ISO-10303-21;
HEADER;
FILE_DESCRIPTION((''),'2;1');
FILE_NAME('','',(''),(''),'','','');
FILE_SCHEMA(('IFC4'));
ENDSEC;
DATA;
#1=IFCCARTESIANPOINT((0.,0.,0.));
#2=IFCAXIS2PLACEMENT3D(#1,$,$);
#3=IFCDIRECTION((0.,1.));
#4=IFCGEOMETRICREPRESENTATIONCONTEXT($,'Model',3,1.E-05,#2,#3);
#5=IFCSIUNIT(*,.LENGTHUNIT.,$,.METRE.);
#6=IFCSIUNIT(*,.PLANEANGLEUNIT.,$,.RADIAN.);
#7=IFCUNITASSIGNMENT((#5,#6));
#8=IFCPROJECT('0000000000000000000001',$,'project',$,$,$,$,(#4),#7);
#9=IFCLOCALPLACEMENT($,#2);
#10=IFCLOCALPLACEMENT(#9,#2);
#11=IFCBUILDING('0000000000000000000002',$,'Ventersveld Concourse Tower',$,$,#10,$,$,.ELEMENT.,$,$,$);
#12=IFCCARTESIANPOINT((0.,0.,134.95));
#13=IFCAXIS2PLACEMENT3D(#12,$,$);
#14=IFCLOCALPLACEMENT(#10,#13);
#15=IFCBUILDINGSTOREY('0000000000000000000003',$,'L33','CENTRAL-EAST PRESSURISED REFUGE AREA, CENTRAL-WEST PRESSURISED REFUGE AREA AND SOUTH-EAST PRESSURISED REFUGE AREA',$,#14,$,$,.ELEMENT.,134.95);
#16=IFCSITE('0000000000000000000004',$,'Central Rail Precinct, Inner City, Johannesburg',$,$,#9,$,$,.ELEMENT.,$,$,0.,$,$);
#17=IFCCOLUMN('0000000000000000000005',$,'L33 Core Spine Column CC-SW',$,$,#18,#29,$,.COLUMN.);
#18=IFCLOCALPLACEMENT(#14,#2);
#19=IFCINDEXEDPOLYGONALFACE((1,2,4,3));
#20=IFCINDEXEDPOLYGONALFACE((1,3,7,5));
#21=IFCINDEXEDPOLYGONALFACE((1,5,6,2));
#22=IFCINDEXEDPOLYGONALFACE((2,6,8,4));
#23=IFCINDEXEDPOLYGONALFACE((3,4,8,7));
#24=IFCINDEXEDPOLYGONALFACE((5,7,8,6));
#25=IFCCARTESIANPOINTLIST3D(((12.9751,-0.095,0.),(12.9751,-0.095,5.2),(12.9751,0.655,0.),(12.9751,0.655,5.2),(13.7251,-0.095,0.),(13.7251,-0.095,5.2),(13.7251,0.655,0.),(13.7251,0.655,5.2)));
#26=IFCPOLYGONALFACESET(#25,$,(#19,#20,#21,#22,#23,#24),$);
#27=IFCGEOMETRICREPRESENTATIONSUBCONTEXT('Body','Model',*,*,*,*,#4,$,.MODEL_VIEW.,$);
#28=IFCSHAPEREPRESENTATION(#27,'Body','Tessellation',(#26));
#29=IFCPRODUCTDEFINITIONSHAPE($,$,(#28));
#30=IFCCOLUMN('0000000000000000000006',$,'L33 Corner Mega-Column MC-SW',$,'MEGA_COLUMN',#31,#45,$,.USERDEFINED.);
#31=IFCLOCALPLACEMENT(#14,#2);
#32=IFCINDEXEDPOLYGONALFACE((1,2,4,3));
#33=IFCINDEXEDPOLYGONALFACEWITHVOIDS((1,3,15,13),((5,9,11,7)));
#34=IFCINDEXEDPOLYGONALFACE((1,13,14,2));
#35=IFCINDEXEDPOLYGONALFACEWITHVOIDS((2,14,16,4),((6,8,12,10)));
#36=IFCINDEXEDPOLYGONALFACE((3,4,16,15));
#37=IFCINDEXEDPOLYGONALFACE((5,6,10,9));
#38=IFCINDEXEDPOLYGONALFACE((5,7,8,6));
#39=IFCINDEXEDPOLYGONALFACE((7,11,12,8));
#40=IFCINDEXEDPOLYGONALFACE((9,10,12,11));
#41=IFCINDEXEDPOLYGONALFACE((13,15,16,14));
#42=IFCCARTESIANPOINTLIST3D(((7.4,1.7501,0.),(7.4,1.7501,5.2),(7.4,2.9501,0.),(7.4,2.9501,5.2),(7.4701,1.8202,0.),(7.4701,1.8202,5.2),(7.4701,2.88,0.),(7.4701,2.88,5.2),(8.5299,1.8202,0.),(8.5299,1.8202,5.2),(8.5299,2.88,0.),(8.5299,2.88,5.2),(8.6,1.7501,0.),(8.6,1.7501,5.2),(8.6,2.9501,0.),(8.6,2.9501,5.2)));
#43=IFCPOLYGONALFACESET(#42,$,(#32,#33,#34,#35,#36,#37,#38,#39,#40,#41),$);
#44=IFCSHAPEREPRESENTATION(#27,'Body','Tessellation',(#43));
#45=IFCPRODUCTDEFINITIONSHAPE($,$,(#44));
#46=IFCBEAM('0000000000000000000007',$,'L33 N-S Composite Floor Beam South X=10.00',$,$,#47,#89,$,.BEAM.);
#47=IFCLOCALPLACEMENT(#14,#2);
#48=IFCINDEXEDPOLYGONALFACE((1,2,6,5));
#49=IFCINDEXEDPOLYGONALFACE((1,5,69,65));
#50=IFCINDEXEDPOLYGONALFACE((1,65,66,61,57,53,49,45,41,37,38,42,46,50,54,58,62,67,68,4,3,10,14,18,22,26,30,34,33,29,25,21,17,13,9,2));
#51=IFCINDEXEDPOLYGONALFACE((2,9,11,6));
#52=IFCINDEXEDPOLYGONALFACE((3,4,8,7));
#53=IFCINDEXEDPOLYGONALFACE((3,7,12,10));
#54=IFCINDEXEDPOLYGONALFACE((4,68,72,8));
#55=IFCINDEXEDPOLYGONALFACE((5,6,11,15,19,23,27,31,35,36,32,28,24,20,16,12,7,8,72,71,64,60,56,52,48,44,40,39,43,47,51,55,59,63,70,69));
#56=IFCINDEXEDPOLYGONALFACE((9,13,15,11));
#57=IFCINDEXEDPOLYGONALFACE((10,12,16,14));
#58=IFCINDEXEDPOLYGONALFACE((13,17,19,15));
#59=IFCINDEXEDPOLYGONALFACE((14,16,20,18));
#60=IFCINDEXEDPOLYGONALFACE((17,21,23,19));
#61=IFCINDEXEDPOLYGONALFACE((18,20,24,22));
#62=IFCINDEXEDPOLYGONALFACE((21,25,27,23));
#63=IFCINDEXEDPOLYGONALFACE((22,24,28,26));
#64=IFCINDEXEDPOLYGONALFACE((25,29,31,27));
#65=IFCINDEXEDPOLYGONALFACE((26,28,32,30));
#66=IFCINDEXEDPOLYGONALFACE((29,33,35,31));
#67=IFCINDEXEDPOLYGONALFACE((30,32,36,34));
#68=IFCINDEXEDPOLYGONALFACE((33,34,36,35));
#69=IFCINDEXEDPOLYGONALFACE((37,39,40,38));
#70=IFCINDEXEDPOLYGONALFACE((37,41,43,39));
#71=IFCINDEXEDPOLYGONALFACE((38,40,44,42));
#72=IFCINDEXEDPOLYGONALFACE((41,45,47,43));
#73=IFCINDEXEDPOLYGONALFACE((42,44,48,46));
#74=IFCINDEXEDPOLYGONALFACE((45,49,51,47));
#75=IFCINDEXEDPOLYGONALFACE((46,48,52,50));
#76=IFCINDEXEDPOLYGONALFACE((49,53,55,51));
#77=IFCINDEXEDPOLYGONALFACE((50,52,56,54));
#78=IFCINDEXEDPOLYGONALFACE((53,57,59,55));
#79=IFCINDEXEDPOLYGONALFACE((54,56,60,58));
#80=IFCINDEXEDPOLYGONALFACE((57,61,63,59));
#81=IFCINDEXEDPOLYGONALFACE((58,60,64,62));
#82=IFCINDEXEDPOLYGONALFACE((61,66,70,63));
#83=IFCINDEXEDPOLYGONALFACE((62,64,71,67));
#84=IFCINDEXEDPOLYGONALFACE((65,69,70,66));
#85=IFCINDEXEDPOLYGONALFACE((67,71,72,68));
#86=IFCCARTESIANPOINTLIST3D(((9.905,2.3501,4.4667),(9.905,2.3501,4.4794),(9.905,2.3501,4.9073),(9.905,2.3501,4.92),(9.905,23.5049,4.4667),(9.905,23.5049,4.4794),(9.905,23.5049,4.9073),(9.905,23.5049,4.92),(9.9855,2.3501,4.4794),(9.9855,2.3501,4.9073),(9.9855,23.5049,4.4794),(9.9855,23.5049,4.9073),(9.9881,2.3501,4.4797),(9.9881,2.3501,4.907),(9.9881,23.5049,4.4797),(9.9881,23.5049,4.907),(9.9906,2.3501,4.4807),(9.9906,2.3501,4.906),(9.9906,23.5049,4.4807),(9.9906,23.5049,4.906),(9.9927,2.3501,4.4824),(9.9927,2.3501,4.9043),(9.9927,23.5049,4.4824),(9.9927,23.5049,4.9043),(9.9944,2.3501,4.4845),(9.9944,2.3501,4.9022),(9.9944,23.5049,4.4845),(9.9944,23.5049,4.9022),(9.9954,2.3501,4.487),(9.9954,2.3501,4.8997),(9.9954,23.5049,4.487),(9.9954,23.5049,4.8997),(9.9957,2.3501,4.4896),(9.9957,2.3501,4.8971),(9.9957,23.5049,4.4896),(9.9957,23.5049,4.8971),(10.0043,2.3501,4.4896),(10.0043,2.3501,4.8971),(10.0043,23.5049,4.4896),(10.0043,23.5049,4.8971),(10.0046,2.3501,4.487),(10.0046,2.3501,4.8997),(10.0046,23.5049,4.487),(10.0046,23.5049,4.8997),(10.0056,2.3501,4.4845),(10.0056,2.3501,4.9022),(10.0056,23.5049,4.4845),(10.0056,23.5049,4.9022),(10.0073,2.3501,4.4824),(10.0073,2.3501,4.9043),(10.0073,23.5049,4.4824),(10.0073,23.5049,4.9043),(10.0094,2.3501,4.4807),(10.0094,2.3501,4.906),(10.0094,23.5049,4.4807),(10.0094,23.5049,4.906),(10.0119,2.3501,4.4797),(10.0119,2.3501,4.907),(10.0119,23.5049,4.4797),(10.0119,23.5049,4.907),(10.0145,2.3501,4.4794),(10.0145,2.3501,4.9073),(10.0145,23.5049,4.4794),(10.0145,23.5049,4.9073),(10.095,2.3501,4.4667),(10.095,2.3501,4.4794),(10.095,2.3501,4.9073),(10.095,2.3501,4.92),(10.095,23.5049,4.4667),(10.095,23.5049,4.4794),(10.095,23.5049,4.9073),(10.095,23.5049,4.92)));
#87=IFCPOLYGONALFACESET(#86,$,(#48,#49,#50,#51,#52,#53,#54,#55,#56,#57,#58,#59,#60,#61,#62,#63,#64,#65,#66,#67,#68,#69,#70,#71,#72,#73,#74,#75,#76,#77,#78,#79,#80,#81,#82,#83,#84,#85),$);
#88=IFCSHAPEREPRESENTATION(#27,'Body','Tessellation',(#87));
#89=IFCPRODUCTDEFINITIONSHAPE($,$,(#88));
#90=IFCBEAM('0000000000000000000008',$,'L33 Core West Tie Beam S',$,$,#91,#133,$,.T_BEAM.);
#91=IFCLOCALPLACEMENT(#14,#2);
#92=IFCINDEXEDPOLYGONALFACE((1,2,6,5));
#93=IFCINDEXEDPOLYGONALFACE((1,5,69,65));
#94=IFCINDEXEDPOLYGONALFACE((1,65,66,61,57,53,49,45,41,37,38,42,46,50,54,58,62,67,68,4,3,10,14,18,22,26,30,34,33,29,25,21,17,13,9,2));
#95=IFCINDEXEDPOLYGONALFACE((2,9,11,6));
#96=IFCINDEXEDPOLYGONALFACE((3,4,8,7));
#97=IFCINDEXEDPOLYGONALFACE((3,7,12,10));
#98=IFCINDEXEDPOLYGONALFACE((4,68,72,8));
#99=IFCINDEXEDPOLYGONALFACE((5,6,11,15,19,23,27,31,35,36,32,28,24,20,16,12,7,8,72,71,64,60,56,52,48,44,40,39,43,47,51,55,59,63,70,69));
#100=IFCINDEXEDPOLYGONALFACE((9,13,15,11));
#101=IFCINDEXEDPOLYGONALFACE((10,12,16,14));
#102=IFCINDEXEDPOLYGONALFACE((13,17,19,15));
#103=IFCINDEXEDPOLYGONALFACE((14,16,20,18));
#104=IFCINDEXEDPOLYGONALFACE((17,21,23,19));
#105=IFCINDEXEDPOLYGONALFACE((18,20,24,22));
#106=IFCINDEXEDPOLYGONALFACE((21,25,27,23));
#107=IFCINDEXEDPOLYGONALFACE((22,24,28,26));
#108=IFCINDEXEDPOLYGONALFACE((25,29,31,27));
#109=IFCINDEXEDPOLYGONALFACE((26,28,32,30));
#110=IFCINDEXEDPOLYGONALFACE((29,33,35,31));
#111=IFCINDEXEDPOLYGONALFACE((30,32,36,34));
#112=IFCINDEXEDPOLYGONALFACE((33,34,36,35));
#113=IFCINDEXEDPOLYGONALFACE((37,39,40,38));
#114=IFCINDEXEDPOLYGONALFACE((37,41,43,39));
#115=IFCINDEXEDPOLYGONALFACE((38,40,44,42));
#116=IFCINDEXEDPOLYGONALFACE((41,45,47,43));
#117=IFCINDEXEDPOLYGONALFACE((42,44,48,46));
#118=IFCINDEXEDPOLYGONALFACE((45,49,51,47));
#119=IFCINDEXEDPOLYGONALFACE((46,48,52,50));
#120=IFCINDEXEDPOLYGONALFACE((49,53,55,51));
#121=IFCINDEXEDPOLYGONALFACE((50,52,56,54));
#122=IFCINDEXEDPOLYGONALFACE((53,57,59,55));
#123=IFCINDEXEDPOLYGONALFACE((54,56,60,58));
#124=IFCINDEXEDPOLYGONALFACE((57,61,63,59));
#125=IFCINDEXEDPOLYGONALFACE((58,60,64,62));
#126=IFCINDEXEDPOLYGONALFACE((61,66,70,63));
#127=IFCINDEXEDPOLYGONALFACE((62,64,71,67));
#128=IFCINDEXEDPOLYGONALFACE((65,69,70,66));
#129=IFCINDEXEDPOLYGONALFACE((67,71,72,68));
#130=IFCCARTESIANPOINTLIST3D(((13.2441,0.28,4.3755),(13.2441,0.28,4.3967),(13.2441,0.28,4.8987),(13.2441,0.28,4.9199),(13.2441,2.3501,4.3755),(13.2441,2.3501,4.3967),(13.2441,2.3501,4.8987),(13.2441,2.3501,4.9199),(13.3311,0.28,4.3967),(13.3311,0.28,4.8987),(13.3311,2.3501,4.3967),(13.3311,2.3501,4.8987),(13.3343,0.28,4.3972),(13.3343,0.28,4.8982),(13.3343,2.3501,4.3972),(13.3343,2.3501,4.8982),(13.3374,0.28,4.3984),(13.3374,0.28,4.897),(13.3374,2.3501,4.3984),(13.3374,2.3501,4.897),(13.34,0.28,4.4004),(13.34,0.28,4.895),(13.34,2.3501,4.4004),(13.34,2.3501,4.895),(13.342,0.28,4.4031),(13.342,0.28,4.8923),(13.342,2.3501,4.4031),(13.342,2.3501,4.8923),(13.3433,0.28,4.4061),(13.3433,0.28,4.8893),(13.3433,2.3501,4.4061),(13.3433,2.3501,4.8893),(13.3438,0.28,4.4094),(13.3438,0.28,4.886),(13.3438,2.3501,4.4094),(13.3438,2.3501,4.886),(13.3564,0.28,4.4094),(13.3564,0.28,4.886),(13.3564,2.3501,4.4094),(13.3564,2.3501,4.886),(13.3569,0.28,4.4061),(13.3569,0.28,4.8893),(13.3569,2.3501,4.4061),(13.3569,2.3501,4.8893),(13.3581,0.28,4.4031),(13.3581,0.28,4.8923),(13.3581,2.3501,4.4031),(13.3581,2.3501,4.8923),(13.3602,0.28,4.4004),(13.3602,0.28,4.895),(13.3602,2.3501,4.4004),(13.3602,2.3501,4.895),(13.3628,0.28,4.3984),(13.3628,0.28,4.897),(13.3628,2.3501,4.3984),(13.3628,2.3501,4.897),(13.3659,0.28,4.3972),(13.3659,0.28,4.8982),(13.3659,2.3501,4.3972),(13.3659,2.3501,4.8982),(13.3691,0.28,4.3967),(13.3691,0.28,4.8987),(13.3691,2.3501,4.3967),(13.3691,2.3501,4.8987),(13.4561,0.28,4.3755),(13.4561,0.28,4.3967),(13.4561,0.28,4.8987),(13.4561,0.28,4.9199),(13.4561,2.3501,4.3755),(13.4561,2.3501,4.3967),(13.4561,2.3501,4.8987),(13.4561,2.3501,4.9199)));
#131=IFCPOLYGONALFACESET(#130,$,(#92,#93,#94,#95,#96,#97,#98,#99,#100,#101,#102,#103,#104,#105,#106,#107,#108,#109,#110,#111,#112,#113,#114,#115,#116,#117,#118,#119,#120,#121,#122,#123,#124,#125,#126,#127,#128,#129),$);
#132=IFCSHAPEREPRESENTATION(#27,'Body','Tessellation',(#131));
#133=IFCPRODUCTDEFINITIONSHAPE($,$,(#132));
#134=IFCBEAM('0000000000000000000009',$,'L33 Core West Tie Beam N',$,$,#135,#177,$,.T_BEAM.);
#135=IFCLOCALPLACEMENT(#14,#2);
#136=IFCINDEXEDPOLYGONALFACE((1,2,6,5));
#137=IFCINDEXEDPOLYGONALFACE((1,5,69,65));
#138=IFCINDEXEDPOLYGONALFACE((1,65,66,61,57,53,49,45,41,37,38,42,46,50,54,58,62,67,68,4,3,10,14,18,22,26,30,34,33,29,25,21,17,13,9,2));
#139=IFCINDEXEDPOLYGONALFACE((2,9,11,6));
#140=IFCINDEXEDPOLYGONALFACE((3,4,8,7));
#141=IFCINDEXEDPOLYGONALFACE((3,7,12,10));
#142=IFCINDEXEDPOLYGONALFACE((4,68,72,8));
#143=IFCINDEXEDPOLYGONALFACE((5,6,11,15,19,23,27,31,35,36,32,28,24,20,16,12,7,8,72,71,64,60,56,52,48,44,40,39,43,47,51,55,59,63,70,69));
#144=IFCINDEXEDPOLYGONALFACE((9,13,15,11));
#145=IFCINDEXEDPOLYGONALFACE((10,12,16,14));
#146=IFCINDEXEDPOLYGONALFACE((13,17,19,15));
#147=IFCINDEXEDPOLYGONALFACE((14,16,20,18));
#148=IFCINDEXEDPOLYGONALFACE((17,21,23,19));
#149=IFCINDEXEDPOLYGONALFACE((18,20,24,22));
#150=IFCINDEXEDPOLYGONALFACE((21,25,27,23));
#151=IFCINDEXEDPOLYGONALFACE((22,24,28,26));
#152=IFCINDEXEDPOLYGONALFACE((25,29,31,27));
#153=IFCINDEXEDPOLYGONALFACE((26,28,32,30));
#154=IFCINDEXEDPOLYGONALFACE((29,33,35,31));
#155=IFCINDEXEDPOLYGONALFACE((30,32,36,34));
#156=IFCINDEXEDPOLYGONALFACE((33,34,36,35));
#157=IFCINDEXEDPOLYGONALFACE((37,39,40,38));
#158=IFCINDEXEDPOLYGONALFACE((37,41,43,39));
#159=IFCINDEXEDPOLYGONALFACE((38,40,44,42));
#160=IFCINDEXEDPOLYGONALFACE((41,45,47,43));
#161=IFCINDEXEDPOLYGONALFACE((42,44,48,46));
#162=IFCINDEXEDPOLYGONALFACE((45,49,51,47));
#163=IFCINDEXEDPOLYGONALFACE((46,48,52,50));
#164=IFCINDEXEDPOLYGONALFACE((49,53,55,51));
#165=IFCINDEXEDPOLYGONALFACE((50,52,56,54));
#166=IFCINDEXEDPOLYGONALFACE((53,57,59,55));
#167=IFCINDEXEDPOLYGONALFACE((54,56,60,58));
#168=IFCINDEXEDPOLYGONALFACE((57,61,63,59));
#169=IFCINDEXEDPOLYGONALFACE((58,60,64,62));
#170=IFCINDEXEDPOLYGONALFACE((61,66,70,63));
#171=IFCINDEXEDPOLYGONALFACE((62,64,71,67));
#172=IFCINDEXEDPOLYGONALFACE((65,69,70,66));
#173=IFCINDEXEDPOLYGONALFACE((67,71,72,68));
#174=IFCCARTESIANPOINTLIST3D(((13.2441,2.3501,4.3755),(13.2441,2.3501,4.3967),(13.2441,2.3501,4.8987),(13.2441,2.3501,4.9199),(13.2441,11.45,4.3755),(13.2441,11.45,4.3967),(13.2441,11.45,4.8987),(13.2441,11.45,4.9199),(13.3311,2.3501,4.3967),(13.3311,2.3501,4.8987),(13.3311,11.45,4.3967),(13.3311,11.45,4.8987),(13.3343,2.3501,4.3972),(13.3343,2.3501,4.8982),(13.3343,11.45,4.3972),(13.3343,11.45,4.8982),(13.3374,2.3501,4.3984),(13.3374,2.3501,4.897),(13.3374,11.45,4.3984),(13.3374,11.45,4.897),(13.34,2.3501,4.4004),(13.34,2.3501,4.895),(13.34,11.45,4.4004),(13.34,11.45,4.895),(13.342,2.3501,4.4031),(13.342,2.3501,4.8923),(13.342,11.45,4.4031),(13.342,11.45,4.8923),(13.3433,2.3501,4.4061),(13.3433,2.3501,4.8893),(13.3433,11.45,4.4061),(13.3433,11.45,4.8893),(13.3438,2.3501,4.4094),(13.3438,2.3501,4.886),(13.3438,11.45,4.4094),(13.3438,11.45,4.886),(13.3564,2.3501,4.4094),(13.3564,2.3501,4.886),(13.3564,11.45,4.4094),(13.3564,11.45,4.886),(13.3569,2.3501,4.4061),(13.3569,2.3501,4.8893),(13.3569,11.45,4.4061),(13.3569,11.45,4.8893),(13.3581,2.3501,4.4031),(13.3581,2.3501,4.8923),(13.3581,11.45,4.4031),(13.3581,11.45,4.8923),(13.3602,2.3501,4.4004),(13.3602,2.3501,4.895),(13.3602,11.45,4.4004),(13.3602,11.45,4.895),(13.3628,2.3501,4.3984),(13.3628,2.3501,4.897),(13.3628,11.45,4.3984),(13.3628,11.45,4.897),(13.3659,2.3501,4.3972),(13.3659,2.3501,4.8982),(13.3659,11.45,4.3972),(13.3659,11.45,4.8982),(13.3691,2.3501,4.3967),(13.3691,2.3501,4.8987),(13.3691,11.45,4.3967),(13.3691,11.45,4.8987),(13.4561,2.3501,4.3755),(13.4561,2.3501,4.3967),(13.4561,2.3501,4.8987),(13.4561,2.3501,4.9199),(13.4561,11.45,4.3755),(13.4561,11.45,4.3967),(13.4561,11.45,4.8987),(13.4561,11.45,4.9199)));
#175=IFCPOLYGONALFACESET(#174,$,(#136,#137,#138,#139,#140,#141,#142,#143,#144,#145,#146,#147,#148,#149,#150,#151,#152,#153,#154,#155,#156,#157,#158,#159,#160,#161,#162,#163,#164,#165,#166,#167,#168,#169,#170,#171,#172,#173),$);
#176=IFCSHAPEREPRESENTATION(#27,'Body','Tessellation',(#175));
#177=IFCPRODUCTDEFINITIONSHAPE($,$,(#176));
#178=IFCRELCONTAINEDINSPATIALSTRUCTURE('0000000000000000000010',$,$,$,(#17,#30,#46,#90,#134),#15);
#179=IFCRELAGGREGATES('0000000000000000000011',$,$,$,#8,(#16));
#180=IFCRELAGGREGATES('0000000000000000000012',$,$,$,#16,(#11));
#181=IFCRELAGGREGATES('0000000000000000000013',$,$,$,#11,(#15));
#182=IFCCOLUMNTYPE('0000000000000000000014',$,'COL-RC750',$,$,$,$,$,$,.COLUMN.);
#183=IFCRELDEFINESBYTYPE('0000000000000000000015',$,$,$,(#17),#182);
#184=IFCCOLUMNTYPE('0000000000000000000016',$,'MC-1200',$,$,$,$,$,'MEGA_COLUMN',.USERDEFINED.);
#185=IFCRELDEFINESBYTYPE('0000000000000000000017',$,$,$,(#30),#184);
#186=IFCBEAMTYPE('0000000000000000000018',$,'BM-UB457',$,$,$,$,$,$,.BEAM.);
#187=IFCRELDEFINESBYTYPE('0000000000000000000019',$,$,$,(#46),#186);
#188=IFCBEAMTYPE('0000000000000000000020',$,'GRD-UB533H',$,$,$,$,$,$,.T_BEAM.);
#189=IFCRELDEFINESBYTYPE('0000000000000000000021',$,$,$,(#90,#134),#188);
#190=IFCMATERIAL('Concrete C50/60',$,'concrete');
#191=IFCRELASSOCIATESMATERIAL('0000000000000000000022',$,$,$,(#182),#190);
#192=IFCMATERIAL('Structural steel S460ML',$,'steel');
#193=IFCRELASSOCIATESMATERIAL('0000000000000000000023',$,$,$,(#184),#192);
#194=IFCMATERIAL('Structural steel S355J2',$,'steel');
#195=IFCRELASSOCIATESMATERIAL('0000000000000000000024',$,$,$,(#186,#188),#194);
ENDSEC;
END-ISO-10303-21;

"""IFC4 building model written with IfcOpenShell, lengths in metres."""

from ifc_helpers import new_model, si_unit, direction, frame, origin, origin_2d, place, context, subcontext, project, spatial, rectangle, hollow_rectangle, i_section, extrude, material, material_profile, profile_set, type_object, element, save


model = new_model("IFC4")

# Units and contexts
model_context = context("Model", 3, precision=1e-05, world=origin(), true_north=direction((0.0, 1.0)))
body_context = subcontext(model_context, "Body", "Model", "MODEL_VIEW")
ifc_project = project(units=[si_unit("LENGTHUNIT", "METRE"), si_unit("PLANEANGLEUNIT", "RADIAN")], contexts=[model_context])

# Site, building, storey
site_placement = place(None, origin())
site = spatial("IfcSite", under=ifc_project, at=site_placement, Name="Central Rail Precinct, Inner City, Johannesburg", CompositionType="ELEMENT", RefElevation=0.0)
building_placement = place(site_placement, origin())
building = spatial("IfcBuilding", under=site, at=building_placement, Name="Ventersveld Concourse Tower", CompositionType="ELEMENT")
storey_placement = place(building_placement, frame((0.0, 0.0, 134.95)))
storey = spatial("IfcBuildingStorey", under=building, at=storey_placement, Name="L33", Description="CENTRAL-EAST PRESSURISED REFUGE AREA, CENTRAL-WEST PRESSURISED REFUGE AREA AND SOUTH-EAST PRESSURISED REFUGE AREA", CompositionType="ELEMENT", Elevation=134.95)

# Columns
ifc_material_1 = material(Name="Concrete C50/60", Category="concrete")
ifc_material_profile_1 = material_profile(ifc_material_1, rectangle(XDim=0.75, YDim=0.75, at=origin_2d()), Name="RC 750x750")
ifc_profile_set_1 = profile_set([ifc_material_profile_1], Name="Concrete C50/60")
column_type_1 = type_object("IfcColumnType", Name="COL-RC750", PredefinedType="COLUMN", material=ifc_profile_set_1)
column_1_placement = place(storey_placement, frame((13.3501, 0.28, 0.0), z_axis=(0.0, 0.0, 1.0), x_axis=(1.0, 0.0, 0.0)))
element("IfcColumn", 1, at=column_1_placement, inside=storey, type_object=column_type_1, Name="L33 Core Spine Column CC-SW", PredefinedType="COLUMN", context=body_context, shape_type="SweptSolid", body=[
    extrude(rectangle(XDim=0.75, YDim=0.75, at=origin_2d()), origin(), (0.0, 0.0, 1.0), 5.2),
])
ifc_material_2 = material(Name="Structural steel S460ML", Category="steel")
ifc_material_profile_2 = material_profile(ifc_material_2, hollow_rectangle(XDim=1.2, YDim=1.2, WallThickness=0.0701, at=origin_2d()), Name="BOX 1200x1200x70")
ifc_profile_set_2 = profile_set([ifc_material_profile_2], Name="Structural steel S460ML")
column_type_2 = type_object("IfcColumnType", Name="MC-1200", ElementType="MEGA_COLUMN", PredefinedType="USERDEFINED", material=ifc_profile_set_2)
column_2_placement = place(storey_placement, frame((8.0, 2.3501, 0.0), z_axis=(0.0, 0.0, 1.0), x_axis=(1.0, 0.0, 0.0)))
element("IfcColumn", 2, at=column_2_placement, inside=storey, type_object=column_type_2, Name="L33 Corner Mega-Column MC-SW", ObjectType="MEGA_COLUMN", PredefinedType="USERDEFINED", context=body_context, shape_type="SweptSolid", body=[
    extrude(hollow_rectangle(XDim=1.2, YDim=1.2, WallThickness=0.0701, at=origin_2d()), origin(), (0.0, 0.0, 1.0), 5.2),
])

# Beams
ifc_material_3 = material(Name="Structural steel S355J2", Category="steel")
ifc_material_profile_3 = material_profile(ifc_material_3, i_section(OverallWidth=0.1899, OverallDepth=0.4534, WebThickness=0.0085, FlangeThickness=0.0127, FilletRadius=0.0103, at=origin_2d()), Name="UB 457x191x67")
ifc_profile_set_3 = profile_set([ifc_material_profile_3], Name="Structural steel S355J2")
beam_type_1 = type_object("IfcBeamType", Name="BM-UB457", PredefinedType="BEAM", material=ifc_profile_set_3)
beam_1_placement = place(storey_placement, frame((10.0, 2.3501, 4.6934), z_axis=(0.0, 1.0, 0.0), x_axis=(-1.0, 0.0, 0.0)))
element("IfcBeam", 3, at=beam_1_placement, inside=storey, type_object=beam_type_1, Name="L33 N-S Composite Floor Beam South X=10.00", PredefinedType="BEAM", context=body_context, shape_type="SweptSolid", body=[
    extrude(i_section(OverallWidth=0.1899, OverallDepth=0.4534, WebThickness=0.0085, FlangeThickness=0.0127, FilletRadius=0.0103, at=origin_2d()), origin(), (0.0, 0.0, 1.0), 21.1548),
])
ifc_material_profile_4 = material_profile(ifc_material_3, i_section(OverallWidth=0.2119, OverallDepth=0.5444, WebThickness=0.0127, FlangeThickness=0.0212, FilletRadius=0.0127, at=origin_2d()), Name="UB 533x210x122")
ifc_profile_set_4 = profile_set([ifc_material_profile_4], Name="Structural steel S355J2")
beam_type_2 = type_object("IfcBeamType", Name="GRD-UB533H", PredefinedType="T_BEAM", material=ifc_profile_set_4)
beam_2_placement = place(storey_placement, frame((13.3501, 0.28, 4.6477), z_axis=(0.0, 1.0, 0.0), x_axis=(-1.0, 0.0, 0.0)))
element("IfcBeam", 4, at=beam_2_placement, inside=storey, type_object=beam_type_2, Name="L33 Core West Tie Beam S", PredefinedType="T_BEAM", context=body_context, shape_type="SweptSolid", body=[
    extrude(i_section(OverallWidth=0.2119, OverallDepth=0.5444, WebThickness=0.0127, FlangeThickness=0.0212, FilletRadius=0.0127, at=origin_2d()), origin(), (0.0, 0.0, 1.0), 2.0701),
])
beam_3_placement = place(storey_placement, frame((13.3501, 2.3501, 4.6477), z_axis=(0.0, 1.0, 0.0), x_axis=(-1.0, 0.0, 0.0)))
element("IfcBeam", 5, at=beam_3_placement, inside=storey, type_object=beam_type_2, Name="L33 Core West Tie Beam N", PredefinedType="T_BEAM", context=body_context, shape_type="SweptSolid", body=[
    extrude(i_section(OverallWidth=0.2119, OverallDepth=0.5444, WebThickness=0.0127, FlangeThickness=0.0212, FilletRadius=0.0127, at=origin_2d()), origin(), (0.0, 0.0, 1.0), 9.0999),
])

save(model, "model.ifc")
